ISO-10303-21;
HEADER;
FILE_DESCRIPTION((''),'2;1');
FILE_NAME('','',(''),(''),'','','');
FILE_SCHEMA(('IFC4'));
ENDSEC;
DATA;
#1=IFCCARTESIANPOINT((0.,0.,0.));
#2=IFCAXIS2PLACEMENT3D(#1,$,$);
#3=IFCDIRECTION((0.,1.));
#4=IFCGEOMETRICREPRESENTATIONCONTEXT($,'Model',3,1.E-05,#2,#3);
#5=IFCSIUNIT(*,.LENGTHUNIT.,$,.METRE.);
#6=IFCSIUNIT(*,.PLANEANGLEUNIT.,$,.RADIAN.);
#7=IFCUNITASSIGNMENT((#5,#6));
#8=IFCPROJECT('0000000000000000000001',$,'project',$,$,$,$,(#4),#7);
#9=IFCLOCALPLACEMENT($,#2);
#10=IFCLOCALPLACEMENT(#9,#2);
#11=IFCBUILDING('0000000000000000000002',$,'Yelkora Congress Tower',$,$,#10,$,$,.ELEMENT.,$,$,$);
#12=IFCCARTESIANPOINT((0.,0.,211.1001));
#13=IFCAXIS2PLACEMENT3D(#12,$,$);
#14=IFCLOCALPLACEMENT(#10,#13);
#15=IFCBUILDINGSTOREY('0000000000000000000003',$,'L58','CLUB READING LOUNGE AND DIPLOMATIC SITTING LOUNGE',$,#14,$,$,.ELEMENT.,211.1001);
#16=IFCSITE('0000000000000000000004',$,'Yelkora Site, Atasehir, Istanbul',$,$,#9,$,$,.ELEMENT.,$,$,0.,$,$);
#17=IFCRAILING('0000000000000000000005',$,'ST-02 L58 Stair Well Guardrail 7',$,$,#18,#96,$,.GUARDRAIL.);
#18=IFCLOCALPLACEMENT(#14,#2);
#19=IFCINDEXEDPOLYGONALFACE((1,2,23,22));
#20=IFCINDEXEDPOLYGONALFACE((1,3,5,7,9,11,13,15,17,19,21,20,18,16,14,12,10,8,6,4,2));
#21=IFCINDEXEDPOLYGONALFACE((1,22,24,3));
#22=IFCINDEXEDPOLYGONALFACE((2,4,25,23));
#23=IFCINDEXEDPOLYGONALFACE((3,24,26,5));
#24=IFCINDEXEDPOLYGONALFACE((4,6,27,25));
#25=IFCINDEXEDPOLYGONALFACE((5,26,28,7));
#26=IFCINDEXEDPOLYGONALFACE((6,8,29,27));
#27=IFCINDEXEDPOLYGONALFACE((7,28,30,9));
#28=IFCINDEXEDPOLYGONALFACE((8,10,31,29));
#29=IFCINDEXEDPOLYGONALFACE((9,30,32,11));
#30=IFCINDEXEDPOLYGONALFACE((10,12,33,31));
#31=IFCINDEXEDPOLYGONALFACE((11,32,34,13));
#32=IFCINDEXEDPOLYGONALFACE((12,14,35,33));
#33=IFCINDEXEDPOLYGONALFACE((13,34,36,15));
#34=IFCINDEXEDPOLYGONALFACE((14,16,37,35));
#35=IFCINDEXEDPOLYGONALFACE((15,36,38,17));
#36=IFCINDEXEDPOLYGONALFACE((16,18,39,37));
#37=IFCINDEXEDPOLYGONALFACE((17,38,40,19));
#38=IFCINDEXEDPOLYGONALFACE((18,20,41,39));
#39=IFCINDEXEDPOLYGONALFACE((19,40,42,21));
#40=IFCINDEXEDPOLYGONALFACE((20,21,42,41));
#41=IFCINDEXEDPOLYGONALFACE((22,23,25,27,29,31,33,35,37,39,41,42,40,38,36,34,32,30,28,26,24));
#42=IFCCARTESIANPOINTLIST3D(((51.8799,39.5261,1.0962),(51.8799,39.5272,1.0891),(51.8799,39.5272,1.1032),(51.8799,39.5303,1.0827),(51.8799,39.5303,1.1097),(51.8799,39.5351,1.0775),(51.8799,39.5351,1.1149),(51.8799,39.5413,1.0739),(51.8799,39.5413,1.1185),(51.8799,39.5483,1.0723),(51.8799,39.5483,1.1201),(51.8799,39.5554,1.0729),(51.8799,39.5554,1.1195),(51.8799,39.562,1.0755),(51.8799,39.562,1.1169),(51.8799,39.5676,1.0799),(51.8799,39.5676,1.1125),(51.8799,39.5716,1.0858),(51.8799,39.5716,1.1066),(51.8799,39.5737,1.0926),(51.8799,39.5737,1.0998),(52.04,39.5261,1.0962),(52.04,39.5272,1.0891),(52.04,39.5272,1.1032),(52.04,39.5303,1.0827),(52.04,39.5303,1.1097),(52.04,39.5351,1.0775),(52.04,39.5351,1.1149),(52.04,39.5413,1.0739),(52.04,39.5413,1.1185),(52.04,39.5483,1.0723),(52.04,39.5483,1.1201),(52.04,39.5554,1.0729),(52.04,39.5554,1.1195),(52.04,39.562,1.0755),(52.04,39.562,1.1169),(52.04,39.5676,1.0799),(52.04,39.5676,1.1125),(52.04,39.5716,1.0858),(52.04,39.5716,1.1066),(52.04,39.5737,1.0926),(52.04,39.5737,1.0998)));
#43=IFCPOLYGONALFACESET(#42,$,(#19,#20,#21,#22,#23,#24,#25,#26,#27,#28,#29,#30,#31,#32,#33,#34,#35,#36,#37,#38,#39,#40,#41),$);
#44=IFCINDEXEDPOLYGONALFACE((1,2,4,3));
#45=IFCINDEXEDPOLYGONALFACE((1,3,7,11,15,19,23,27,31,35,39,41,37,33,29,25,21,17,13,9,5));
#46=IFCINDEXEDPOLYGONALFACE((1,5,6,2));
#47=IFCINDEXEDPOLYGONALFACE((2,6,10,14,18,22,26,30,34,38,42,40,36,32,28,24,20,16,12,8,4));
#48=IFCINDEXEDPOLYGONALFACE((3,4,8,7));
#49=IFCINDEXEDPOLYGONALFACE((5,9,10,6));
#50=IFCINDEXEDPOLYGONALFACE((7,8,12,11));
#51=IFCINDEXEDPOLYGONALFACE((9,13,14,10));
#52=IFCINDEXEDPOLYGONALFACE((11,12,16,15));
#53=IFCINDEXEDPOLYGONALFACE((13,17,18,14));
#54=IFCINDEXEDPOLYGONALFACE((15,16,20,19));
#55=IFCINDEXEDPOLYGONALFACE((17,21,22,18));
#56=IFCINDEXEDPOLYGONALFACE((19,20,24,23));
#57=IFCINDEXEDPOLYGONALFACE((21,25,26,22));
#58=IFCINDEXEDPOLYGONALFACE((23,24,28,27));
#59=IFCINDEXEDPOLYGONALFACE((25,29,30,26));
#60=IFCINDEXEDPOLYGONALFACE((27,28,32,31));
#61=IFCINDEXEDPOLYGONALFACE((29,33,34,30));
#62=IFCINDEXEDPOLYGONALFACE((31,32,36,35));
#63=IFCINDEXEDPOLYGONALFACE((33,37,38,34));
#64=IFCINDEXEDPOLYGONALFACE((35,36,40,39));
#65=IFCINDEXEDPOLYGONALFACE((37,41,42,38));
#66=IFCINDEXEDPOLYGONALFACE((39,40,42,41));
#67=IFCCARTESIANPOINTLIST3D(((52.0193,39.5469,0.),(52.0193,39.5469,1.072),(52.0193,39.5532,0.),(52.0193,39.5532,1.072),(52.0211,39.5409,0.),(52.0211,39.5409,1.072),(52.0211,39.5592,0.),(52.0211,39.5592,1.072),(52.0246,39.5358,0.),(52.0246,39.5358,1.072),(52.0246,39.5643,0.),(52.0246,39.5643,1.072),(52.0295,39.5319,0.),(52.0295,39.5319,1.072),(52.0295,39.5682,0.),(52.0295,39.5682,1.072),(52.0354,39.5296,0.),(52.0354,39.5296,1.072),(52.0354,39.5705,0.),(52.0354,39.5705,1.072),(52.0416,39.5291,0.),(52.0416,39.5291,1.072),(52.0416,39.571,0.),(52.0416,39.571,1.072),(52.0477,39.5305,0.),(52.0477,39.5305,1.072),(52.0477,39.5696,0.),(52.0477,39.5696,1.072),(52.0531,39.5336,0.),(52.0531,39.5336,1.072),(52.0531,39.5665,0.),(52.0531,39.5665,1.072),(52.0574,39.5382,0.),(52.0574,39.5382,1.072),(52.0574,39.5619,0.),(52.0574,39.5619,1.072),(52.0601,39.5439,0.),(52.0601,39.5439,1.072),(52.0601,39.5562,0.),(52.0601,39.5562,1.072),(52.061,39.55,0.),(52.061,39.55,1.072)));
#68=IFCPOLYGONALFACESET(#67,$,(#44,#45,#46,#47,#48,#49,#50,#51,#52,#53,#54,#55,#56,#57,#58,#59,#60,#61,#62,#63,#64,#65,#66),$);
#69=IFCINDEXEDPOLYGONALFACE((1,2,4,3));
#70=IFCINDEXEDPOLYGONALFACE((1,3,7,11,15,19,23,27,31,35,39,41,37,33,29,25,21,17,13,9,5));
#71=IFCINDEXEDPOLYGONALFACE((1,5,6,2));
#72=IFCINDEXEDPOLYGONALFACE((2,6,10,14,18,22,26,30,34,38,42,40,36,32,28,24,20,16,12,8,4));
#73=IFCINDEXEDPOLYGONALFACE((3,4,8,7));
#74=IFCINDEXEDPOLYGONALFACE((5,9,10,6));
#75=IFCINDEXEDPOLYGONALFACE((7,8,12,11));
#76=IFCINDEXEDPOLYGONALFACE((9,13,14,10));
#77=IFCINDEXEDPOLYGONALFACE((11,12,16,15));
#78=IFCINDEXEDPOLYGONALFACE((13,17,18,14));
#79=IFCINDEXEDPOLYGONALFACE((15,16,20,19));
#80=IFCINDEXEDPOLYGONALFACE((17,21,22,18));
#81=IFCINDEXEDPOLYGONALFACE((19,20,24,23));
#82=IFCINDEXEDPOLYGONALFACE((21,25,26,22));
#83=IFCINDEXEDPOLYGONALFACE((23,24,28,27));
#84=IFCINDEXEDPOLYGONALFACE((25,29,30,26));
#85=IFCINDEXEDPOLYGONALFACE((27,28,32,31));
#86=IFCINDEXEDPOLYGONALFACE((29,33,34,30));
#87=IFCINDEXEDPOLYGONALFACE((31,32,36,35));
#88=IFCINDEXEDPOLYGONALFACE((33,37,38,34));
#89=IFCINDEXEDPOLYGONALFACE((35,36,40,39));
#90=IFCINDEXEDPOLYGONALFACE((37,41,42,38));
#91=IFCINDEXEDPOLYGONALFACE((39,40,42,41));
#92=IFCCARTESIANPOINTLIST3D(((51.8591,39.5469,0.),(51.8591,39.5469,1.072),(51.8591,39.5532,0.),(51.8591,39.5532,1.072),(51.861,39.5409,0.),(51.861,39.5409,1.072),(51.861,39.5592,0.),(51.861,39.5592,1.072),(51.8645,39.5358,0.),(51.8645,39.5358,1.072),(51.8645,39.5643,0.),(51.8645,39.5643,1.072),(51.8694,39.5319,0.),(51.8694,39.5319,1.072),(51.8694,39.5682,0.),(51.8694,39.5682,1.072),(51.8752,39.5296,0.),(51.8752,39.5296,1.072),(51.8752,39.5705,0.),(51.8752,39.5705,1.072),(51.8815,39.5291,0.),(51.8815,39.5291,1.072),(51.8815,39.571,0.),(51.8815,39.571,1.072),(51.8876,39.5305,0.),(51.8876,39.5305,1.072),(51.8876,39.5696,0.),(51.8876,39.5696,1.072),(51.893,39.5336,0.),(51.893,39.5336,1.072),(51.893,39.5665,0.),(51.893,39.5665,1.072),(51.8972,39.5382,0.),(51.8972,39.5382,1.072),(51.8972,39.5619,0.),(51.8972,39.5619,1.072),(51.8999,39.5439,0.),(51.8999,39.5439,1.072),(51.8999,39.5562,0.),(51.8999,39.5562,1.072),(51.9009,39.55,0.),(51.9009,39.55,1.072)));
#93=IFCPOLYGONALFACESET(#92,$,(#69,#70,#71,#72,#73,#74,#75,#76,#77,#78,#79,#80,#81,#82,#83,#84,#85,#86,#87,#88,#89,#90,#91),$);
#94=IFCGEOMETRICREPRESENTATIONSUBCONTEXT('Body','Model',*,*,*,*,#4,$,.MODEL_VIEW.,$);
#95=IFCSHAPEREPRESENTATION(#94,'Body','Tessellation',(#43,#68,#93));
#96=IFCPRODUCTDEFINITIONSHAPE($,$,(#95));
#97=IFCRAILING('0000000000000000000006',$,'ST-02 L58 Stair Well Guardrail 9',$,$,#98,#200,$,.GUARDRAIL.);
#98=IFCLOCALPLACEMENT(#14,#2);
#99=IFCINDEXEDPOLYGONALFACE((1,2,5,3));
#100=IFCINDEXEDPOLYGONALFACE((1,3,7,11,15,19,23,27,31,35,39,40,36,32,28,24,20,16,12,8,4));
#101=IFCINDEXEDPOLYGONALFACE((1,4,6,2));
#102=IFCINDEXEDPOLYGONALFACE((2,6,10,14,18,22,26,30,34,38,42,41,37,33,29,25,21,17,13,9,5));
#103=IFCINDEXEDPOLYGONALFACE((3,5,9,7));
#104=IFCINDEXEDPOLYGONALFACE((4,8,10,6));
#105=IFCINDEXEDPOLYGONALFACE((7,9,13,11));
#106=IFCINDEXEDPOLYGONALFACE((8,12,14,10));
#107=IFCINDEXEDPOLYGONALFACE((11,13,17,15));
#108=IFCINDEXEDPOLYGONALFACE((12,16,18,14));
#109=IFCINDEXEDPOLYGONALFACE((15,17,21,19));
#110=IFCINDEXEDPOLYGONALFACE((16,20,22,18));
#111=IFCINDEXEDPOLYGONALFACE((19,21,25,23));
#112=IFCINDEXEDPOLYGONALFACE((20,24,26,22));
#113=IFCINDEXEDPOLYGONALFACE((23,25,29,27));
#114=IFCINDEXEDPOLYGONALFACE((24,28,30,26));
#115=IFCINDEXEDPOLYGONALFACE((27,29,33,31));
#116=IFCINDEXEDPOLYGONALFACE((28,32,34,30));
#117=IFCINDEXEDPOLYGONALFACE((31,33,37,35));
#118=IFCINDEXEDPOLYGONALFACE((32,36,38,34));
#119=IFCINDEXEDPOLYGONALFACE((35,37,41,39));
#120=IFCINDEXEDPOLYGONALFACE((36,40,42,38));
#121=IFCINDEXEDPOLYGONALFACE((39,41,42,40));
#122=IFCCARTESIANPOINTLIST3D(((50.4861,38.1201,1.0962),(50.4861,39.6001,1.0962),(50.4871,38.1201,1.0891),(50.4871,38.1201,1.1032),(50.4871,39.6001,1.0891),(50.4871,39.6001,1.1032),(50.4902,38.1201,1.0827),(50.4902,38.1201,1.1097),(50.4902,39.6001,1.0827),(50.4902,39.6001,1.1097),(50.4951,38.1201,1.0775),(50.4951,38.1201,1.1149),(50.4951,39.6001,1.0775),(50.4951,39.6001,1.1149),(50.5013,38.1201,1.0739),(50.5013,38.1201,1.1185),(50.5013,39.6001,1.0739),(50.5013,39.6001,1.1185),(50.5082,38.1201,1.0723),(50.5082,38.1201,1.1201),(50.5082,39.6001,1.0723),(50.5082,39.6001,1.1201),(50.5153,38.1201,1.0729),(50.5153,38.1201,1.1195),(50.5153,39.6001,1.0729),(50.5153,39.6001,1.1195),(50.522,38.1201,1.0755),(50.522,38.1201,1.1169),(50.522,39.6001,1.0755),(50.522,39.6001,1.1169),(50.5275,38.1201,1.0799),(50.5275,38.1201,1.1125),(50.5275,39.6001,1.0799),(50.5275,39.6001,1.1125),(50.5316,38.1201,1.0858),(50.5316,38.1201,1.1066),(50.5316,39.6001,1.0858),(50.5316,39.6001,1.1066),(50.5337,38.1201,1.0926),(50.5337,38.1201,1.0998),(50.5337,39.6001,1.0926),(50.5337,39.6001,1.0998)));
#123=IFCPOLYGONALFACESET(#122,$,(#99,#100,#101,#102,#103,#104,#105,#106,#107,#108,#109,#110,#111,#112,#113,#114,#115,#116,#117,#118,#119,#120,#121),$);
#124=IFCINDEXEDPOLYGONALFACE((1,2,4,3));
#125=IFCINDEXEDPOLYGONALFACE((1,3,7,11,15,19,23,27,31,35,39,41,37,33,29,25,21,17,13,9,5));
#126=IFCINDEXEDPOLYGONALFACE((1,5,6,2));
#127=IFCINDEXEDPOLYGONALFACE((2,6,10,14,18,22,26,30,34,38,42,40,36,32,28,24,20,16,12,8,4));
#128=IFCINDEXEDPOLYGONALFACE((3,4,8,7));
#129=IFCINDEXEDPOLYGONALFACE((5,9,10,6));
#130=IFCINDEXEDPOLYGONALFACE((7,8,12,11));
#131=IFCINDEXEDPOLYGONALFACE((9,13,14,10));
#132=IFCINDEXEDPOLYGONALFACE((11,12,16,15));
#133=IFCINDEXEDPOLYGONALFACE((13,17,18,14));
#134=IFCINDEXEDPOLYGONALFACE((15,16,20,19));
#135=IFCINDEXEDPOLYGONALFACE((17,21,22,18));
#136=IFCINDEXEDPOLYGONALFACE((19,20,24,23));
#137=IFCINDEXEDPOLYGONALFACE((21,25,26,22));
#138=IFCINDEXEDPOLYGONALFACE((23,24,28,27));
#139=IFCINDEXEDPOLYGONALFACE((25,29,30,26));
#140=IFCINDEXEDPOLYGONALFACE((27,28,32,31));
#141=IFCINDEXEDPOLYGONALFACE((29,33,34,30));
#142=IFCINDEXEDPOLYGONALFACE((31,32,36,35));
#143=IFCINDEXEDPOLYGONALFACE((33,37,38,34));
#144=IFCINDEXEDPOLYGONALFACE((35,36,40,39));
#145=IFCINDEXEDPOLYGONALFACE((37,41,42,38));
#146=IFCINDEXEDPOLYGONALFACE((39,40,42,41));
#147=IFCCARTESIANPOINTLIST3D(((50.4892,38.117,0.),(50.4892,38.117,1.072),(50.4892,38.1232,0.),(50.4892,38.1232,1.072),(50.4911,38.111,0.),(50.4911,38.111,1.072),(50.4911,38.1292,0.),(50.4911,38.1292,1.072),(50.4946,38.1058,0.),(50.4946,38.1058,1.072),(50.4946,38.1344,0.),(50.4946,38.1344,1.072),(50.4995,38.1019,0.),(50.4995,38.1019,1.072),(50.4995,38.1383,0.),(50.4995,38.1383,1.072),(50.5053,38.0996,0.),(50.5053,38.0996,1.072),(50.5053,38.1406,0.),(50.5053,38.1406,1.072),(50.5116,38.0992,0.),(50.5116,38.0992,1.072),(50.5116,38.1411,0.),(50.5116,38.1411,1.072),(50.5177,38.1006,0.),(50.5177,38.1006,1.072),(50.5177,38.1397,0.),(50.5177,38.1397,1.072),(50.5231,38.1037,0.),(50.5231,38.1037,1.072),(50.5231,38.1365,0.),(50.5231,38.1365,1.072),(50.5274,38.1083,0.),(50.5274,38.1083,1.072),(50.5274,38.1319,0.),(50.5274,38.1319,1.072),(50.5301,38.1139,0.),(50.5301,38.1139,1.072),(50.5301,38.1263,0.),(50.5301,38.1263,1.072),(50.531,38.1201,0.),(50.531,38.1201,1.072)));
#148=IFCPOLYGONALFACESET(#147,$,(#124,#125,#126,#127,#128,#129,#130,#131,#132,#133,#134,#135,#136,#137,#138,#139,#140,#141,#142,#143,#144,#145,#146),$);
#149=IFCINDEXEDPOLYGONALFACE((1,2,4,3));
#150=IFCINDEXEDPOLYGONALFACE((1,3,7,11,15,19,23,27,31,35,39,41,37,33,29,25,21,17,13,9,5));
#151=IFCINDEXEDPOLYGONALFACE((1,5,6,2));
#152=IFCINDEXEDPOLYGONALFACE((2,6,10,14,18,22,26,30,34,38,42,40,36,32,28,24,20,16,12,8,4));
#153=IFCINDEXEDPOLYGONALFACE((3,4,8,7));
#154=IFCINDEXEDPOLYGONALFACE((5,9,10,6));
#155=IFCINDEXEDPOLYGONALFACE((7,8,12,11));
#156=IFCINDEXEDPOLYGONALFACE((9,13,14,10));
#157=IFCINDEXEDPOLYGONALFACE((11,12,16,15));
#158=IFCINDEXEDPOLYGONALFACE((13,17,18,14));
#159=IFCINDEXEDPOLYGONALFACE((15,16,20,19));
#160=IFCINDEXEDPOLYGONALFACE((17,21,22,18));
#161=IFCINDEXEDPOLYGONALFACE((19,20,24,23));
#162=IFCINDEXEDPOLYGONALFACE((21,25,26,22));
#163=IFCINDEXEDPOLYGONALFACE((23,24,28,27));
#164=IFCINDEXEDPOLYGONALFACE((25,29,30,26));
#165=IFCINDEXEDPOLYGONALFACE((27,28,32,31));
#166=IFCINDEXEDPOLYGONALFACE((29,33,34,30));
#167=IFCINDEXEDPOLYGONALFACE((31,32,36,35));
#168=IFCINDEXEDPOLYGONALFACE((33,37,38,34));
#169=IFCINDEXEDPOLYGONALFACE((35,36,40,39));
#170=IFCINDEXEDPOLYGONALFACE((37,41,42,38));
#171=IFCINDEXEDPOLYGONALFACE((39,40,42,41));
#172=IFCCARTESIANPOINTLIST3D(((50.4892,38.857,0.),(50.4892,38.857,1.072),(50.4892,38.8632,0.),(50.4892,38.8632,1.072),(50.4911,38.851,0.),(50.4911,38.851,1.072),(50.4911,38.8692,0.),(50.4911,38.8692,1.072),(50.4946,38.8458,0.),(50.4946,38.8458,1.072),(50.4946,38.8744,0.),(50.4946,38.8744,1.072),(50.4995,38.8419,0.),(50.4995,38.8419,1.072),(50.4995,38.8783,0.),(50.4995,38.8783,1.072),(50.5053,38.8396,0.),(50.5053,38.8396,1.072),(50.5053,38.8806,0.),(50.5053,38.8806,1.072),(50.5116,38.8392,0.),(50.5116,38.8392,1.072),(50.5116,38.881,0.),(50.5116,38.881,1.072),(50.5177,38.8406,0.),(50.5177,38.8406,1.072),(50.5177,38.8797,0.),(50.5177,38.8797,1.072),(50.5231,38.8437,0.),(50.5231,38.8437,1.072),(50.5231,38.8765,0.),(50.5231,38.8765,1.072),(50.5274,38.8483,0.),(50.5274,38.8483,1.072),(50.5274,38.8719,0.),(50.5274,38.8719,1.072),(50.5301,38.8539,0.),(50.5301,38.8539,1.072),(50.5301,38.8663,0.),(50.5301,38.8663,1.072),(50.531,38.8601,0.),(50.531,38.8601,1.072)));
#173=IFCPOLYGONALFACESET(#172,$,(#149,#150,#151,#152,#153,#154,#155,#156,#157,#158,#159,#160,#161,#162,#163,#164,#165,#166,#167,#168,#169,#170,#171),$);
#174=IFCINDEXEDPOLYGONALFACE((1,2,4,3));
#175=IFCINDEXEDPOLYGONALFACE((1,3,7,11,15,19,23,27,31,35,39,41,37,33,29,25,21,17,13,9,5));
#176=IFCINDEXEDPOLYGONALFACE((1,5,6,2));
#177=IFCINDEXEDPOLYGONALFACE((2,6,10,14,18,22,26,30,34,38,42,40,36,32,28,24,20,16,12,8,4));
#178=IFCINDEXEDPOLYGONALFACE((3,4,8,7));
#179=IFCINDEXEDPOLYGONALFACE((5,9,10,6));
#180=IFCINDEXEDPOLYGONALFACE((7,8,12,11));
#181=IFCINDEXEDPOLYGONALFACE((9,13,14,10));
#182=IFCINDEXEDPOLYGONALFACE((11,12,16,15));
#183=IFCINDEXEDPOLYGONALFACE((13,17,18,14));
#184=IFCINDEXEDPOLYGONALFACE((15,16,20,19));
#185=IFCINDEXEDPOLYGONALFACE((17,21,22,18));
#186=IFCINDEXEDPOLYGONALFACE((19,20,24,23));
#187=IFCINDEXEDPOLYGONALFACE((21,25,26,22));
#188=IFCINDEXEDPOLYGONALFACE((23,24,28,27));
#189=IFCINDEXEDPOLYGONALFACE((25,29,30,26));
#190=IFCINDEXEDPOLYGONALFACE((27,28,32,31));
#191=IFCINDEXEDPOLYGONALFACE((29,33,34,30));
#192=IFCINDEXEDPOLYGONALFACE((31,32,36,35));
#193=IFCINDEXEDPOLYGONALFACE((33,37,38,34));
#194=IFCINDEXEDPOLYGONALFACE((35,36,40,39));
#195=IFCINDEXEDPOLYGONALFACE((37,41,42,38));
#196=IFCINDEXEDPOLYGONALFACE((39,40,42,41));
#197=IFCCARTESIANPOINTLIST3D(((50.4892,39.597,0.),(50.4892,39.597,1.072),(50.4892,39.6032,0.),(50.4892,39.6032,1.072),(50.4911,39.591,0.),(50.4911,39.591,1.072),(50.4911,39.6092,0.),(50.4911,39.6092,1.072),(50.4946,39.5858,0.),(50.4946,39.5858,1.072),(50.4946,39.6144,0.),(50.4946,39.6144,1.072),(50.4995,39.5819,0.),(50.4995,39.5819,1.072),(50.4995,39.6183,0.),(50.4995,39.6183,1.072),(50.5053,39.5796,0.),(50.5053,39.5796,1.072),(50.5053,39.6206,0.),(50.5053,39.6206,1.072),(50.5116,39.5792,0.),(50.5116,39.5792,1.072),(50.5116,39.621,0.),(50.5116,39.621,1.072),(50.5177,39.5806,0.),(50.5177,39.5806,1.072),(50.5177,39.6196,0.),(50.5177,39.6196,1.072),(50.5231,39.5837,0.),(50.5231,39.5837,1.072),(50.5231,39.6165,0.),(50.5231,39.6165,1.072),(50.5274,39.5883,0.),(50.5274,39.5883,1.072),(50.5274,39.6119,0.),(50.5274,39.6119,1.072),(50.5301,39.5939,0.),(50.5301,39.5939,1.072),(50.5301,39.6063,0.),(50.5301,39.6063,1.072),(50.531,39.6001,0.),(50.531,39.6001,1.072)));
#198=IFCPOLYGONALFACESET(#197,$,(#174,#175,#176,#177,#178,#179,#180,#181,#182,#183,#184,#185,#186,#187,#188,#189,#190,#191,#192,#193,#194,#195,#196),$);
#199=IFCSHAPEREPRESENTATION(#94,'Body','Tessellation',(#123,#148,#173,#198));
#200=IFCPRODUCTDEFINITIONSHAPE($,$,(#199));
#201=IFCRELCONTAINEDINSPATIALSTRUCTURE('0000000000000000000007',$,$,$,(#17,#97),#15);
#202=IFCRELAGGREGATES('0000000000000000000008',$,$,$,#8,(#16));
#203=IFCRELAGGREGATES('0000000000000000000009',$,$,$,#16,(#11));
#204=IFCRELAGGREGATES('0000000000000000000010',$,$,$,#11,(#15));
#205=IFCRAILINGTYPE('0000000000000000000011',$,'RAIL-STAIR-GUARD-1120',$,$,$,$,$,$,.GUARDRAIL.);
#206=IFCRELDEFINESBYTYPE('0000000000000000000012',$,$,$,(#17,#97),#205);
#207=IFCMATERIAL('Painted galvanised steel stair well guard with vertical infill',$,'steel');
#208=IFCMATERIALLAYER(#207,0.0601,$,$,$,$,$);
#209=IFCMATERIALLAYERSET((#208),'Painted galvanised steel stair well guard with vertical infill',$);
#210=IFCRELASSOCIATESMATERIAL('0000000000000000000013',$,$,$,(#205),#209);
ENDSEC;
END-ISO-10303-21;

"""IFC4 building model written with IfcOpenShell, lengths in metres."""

from ifc_helpers import new_model, si_unit, direction, frame, origin, origin_2d, place, context, subcontext, project, spatial, circle, extrude, material, layer, layer_set, type_object, element, save


model = new_model("IFC4")

# Units and contexts
model_context = context("Model", 3, precision=1e-05, world=origin(), true_north=direction((0.0, 1.0)))
body_context = subcontext(model_context, "Body", "Model", "MODEL_VIEW")
ifc_project = project(units=[si_unit("LENGTHUNIT", "METRE"), si_unit("PLANEANGLEUNIT", "RADIAN")], contexts=[model_context])

# Site, building, storey
site_placement = place(None, origin())
site = spatial("IfcSite", under=ifc_project, at=site_placement, Name="Yelkora Site, Atasehir, Istanbul", CompositionType="ELEMENT", RefElevation=0.0)
building_placement = place(site_placement, origin())
building = spatial("IfcBuilding", under=site, at=building_placement, Name="Yelkora Congress Tower", CompositionType="ELEMENT")
storey_placement = place(building_placement, frame((0.0, 0.0, 211.1001)))
storey = spatial("IfcBuildingStorey", under=building, at=storey_placement, Name="L58", Description="CLUB READING LOUNGE AND DIPLOMATIC SITTING LOUNGE", CompositionType="ELEMENT", Elevation=211.1001)

# Railings
ifc_material_1 = material(Name="Painted galvanised steel stair well guard with vertical infill", Category="steel")
ifc_layer_1 = layer(ifc_material_1, 0.0601)
ifc_layer_set_1 = layer_set([ifc_layer_1], Name="Painted galvanised steel stair well guard with vertical infill")
railing_type_1 = type_object("IfcRailingType", Name="RAIL-STAIR-GUARD-1120", PredefinedType="GUARDRAIL", material=ifc_layer_set_1)
railing_1_placement = place(storey_placement, frame((52.04, 39.55, 0.0)))
element("IfcRailing", 1, at=railing_1_placement, inside=storey, type_object=railing_type_1, Name="ST-02 L58 Stair Well Guardrail 7", PredefinedType="GUARDRAIL", context=body_context, shape_type="SweptSolid", body=[
    extrude(circle(Radius=0.0239, at=origin_2d()), frame((0.0, 0.0, 1.0962), z_axis=(-1.0, 0.0, 0.0), x_axis=(0.0, -1.0, 0.0)), (0.0, 0.0, 1.0), 0.1602),
    extrude(circle(Radius=0.021, at=origin_2d()), origin(), (0.0, 0.0, 1.0), 1.072),
    extrude(circle(Radius=0.021, at=origin_2d()), frame((-0.1602, 0.0, 0.0)), (0.0, 0.0, 1.0), 1.072),
])
railing_2_placement = place(storey_placement, frame((50.51, 38.1201, 0.0)))
element("IfcRailing", 2, at=railing_2_placement, inside=storey, type_object=railing_type_1, Name="ST-02 L58 Stair Well Guardrail 9", PredefinedType="GUARDRAIL", context=body_context, shape_type="SweptSolid", body=[
    extrude(circle(Radius=0.0239, at=origin_2d()), frame((0.0, 0.0, 1.0962), z_axis=(0.0, 1.0, 0.0), x_axis=(-1.0, 0.0, 0.0)), (0.0, 0.0, 1.0), 1.48),
    extrude(circle(Radius=0.021, at=origin_2d()), origin(), (0.0, 0.0, 1.0), 1.072),
    extrude(circle(Radius=0.021, at=origin_2d()), frame((0.0, 0.74, 0.0)), (0.0, 0.0, 1.0), 1.072),
    extrude(circle(Radius=0.021, at=origin_2d()), frame((0.0, 1.48, 0.0)), (0.0, 0.0, 1.0), 1.072),
])

save(model, "model.ifc")
